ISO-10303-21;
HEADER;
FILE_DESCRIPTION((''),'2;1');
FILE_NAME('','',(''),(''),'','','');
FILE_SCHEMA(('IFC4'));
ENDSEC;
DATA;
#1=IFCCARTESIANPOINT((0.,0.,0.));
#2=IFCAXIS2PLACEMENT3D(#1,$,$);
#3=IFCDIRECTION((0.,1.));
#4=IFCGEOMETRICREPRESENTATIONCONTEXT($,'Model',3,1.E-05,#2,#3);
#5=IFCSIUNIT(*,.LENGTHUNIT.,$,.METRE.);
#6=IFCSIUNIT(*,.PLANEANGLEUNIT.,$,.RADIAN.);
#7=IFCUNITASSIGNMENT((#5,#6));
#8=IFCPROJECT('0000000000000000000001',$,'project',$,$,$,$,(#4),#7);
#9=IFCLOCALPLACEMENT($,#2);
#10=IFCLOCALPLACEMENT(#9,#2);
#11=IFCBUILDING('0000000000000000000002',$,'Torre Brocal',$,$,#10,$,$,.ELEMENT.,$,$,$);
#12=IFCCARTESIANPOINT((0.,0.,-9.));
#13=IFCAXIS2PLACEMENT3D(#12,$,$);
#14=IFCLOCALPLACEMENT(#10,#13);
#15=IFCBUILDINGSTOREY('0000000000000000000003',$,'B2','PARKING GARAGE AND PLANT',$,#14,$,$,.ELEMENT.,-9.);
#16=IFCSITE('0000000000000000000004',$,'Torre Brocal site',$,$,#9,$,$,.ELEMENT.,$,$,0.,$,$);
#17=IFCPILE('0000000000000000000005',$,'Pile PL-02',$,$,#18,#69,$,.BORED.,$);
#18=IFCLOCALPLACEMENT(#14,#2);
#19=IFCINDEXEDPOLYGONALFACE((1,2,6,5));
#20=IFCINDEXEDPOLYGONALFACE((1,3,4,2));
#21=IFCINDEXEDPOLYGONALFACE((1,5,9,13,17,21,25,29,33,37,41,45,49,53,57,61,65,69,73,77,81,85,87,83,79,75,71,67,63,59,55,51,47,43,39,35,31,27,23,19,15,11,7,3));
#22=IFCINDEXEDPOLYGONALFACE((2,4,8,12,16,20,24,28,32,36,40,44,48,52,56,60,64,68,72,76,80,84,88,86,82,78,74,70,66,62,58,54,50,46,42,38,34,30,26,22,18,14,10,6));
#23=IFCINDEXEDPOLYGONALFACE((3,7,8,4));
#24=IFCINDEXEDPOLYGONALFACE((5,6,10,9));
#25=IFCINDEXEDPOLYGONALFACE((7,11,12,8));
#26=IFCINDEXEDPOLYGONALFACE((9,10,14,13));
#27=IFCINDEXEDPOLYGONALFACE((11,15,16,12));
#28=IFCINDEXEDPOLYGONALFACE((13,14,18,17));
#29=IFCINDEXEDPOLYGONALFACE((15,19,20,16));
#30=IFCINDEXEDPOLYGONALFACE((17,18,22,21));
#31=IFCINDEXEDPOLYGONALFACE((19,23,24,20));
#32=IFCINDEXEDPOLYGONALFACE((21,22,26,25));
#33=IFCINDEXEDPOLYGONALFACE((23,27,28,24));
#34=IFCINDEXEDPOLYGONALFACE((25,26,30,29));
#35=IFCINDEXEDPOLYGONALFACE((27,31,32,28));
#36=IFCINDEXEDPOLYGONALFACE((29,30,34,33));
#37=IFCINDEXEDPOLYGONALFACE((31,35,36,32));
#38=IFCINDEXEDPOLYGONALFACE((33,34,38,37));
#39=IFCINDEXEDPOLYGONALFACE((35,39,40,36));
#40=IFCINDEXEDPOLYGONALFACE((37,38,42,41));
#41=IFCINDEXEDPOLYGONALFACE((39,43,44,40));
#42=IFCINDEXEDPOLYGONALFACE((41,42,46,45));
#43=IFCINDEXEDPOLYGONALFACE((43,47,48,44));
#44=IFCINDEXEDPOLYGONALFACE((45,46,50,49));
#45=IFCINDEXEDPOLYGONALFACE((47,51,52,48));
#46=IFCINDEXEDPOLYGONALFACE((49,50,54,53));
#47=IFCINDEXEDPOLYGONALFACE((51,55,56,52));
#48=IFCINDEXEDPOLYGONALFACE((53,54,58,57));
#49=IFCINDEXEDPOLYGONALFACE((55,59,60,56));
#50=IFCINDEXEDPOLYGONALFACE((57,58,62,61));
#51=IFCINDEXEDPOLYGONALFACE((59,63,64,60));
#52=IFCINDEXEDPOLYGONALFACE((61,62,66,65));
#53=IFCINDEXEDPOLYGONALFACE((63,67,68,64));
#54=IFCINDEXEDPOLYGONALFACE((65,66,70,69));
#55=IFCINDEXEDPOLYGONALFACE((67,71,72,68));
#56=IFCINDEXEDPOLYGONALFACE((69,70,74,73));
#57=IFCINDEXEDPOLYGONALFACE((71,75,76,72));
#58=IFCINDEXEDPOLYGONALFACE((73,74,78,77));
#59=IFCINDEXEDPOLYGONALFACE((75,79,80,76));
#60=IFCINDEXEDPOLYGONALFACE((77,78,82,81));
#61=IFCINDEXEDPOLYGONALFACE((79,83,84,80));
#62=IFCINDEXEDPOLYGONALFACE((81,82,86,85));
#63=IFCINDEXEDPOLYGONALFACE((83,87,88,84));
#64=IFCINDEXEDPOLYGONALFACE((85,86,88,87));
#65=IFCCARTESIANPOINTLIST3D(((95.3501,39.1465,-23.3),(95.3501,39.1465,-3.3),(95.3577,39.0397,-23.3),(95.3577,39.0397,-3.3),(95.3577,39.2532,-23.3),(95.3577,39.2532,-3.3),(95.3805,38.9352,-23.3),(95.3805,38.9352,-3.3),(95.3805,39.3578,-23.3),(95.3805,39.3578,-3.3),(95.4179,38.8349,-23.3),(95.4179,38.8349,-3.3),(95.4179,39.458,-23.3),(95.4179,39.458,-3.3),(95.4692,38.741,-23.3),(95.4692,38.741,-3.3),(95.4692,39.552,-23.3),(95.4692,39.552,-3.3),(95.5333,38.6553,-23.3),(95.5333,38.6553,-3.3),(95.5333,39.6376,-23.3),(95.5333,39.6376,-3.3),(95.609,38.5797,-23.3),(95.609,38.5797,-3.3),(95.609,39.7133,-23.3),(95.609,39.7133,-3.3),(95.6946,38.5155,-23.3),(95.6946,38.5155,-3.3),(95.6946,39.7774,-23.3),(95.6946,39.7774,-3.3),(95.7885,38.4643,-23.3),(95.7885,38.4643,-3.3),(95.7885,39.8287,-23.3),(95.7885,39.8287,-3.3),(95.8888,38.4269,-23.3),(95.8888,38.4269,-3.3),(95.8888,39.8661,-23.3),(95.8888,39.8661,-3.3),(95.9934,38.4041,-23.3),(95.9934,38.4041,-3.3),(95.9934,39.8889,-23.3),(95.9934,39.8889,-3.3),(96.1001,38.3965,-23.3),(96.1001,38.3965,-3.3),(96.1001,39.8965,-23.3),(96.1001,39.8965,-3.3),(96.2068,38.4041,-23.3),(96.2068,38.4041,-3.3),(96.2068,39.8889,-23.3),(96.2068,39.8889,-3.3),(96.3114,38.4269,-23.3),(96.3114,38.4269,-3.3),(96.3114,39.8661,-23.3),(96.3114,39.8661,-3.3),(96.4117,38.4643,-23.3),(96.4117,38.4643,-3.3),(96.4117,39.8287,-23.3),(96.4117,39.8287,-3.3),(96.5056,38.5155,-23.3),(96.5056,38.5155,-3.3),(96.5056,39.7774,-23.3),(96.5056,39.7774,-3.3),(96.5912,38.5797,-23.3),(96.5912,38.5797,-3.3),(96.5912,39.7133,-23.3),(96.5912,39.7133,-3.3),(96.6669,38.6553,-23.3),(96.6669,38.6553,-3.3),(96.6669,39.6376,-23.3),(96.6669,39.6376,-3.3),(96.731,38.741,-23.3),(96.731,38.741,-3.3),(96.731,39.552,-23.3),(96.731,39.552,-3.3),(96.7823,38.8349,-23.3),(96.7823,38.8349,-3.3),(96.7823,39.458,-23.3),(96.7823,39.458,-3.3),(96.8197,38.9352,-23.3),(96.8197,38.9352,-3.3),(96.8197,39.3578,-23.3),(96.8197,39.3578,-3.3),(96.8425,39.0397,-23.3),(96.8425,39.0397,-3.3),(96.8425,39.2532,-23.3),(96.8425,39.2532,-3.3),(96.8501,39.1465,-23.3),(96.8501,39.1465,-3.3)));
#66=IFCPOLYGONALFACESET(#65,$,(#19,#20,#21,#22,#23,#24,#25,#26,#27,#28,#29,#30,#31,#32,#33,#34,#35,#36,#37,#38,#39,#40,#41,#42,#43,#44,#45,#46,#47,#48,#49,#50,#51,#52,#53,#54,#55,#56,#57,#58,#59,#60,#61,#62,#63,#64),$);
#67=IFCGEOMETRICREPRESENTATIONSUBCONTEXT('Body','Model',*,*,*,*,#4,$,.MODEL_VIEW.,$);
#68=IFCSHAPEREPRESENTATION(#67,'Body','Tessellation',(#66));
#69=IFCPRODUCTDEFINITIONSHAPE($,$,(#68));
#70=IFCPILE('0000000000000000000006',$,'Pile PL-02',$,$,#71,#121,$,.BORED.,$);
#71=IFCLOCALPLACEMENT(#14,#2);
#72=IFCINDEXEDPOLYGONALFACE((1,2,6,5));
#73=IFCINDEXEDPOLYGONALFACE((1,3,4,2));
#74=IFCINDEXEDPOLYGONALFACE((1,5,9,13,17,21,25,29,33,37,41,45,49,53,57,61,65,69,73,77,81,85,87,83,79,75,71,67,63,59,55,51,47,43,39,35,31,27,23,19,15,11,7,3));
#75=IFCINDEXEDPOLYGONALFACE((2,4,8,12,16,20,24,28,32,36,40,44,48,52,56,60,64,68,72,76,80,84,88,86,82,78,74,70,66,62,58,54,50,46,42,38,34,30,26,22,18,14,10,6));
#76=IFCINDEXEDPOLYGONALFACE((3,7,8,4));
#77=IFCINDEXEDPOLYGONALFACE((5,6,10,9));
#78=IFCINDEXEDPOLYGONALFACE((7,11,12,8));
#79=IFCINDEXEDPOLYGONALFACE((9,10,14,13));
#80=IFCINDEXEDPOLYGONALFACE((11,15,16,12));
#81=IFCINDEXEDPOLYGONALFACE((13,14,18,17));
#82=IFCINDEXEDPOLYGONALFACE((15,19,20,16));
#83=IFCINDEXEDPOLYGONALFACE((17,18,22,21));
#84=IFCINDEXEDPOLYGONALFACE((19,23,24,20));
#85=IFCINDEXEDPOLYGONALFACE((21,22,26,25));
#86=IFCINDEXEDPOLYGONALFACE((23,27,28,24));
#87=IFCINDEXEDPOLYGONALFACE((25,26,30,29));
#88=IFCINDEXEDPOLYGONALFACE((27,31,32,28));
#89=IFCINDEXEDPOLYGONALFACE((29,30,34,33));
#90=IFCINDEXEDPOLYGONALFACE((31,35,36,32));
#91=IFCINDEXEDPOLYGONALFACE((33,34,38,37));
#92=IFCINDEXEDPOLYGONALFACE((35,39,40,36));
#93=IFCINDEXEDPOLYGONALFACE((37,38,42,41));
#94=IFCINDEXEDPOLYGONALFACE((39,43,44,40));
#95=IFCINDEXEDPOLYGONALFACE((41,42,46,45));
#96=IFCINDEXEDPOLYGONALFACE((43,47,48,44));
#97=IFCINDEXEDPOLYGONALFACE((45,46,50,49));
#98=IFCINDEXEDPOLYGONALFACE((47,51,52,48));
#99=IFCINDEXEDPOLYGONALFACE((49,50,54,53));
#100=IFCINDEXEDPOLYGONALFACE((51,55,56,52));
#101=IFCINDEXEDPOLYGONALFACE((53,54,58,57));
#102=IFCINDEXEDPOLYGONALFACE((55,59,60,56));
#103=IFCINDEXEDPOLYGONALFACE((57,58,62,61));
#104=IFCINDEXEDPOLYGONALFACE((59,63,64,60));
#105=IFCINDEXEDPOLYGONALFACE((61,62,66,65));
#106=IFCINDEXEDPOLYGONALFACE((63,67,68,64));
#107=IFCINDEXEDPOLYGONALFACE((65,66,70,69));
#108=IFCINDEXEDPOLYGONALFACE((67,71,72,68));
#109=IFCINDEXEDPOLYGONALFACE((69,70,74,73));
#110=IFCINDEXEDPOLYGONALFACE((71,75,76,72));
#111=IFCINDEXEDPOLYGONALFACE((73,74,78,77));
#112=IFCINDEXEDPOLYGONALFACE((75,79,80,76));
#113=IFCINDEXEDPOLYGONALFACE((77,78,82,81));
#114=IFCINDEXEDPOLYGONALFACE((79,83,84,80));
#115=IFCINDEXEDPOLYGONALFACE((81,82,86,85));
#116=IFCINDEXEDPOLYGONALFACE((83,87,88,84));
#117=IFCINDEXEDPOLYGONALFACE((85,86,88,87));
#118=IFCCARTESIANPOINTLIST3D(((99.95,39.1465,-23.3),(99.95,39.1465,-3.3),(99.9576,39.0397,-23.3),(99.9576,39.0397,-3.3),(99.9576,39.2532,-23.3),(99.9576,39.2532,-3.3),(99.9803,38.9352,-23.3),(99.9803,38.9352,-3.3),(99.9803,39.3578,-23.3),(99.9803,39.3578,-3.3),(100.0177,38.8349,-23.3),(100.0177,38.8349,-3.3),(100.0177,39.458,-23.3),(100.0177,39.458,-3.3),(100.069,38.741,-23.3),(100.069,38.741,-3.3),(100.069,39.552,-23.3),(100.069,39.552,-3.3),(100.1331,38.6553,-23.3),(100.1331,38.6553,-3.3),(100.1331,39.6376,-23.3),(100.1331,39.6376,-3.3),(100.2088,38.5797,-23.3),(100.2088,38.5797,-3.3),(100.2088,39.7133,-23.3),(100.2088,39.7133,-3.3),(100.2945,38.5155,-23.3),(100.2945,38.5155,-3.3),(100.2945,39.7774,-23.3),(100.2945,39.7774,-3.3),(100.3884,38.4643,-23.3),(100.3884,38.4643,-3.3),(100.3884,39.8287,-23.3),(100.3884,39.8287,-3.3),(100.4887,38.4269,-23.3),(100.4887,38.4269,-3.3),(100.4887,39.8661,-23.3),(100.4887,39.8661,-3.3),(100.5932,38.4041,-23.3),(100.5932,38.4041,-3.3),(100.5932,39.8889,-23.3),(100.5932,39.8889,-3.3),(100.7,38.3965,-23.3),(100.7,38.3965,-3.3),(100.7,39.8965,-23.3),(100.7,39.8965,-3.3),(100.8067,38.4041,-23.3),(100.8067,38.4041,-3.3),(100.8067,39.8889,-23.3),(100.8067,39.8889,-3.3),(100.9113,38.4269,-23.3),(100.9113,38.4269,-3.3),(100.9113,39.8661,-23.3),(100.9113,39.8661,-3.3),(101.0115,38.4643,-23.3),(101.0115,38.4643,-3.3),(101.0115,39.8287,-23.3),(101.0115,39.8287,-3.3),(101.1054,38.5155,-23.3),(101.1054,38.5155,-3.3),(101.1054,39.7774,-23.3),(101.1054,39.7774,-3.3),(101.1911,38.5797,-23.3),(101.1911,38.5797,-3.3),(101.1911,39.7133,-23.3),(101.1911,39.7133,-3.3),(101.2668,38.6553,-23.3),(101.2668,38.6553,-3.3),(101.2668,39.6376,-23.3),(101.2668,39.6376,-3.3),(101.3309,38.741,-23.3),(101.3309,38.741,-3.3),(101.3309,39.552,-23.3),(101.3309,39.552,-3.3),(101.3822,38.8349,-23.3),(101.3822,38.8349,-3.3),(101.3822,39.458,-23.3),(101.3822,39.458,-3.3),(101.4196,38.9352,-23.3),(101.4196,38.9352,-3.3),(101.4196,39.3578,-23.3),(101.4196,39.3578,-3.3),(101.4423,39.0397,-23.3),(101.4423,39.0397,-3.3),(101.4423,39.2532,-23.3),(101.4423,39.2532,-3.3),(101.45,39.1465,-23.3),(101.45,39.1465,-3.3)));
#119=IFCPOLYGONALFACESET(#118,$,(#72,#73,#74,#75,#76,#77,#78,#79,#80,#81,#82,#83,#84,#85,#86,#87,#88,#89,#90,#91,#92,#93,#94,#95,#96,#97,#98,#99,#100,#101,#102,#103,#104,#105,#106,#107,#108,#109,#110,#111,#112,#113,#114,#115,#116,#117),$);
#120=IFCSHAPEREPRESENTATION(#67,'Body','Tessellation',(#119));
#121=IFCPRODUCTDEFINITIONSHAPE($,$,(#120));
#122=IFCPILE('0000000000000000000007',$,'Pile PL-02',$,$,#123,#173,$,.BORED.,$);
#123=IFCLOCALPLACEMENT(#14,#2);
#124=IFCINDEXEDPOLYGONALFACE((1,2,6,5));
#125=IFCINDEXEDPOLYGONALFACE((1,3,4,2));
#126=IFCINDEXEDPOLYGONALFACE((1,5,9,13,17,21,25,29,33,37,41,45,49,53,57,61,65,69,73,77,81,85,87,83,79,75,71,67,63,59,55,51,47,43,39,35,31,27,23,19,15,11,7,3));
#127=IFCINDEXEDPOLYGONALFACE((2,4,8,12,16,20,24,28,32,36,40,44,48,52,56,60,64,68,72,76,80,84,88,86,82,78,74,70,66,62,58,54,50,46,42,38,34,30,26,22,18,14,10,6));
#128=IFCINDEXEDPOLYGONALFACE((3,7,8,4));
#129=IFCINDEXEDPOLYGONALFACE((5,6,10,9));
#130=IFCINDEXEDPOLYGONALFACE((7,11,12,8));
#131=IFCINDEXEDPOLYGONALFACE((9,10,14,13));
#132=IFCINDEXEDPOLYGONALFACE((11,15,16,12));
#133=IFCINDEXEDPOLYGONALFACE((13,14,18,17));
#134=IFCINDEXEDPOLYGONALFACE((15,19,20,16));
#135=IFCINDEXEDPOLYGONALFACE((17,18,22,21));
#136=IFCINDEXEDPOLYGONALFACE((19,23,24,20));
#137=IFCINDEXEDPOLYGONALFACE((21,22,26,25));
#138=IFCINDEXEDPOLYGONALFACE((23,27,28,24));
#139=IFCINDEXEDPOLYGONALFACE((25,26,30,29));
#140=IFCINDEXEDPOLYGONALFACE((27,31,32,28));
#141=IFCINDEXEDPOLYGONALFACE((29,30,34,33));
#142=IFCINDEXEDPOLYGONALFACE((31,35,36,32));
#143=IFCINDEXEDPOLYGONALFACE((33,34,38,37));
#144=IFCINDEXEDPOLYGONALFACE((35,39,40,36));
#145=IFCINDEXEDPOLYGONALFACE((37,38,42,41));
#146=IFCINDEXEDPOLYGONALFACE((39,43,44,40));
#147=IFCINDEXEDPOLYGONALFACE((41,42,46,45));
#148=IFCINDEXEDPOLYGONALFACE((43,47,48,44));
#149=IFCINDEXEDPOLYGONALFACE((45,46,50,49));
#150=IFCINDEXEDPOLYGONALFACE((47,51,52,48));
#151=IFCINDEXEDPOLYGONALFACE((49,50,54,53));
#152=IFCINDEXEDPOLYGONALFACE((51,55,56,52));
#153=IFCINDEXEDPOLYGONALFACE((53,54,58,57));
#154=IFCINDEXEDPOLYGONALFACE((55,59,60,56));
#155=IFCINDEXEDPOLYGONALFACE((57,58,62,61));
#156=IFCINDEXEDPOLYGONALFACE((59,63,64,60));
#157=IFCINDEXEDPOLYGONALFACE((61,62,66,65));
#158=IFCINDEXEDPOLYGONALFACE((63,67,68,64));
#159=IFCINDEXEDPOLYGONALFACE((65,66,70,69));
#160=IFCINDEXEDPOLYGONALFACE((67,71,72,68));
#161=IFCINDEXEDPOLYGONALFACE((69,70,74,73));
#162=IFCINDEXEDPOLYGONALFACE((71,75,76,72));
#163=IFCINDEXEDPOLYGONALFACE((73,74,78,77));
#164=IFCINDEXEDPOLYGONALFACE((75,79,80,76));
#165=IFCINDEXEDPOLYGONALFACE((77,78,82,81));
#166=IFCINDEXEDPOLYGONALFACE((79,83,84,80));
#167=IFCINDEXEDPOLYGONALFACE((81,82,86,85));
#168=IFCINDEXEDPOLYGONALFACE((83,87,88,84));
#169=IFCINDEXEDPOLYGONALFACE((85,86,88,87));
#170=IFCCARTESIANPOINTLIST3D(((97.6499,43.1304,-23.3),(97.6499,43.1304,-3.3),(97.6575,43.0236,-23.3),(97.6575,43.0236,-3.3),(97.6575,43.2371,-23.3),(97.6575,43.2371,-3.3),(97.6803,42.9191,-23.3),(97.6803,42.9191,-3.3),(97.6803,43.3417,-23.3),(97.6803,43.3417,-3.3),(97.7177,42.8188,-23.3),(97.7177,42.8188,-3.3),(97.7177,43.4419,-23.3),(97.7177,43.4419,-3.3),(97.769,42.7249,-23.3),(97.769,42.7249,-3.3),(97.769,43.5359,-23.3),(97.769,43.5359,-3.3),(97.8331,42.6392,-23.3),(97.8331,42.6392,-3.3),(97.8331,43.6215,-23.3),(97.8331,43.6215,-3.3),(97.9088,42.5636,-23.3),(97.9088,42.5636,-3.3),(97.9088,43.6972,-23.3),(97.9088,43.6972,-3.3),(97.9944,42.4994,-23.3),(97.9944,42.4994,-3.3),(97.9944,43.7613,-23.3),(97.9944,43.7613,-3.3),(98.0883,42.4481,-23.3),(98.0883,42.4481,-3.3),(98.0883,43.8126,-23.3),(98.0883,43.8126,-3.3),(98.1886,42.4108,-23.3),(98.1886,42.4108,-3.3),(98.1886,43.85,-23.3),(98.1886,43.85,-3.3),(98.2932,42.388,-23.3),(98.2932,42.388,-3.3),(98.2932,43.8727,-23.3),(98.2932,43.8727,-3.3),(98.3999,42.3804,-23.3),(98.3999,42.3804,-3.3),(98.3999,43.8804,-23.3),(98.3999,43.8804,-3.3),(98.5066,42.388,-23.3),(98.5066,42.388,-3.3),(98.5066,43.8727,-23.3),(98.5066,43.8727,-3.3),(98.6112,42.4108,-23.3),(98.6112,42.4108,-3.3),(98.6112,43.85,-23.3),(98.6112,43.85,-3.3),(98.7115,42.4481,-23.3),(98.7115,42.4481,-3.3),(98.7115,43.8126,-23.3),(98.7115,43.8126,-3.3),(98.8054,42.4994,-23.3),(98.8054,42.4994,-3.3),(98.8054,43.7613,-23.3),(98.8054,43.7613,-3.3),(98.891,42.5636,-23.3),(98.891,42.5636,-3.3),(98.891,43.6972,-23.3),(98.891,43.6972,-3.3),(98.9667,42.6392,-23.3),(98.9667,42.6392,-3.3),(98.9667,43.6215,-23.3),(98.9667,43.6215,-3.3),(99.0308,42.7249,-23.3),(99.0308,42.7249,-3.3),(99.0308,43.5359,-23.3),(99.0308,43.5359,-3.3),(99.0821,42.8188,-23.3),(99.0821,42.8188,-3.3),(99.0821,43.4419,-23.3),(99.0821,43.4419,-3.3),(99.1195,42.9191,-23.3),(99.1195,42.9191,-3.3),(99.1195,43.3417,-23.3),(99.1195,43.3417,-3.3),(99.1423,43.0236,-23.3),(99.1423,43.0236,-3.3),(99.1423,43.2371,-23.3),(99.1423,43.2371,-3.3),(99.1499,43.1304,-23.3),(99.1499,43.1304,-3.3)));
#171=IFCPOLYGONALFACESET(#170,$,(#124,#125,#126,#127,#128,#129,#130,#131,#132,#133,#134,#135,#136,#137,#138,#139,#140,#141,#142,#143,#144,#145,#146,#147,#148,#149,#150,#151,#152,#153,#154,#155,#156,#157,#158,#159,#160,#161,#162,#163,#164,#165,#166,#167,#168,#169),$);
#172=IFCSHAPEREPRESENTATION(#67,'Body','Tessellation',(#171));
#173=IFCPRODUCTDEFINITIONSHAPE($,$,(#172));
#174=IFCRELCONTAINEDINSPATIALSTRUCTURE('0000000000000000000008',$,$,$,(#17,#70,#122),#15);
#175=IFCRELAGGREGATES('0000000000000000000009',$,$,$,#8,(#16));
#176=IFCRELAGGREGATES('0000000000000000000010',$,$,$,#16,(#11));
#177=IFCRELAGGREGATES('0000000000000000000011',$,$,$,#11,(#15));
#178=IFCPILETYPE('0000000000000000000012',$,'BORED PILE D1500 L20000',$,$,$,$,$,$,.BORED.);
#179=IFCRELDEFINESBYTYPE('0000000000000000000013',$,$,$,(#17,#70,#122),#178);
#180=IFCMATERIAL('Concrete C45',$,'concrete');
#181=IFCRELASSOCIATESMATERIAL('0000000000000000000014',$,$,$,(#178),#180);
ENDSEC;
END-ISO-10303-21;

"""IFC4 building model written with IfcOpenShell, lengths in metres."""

from ifc_helpers import new_model, si_unit, direction, frame, origin, origin_2d, place, context, subcontext, project, spatial, circle, extrude, material, material_profile, profile_set, type_object, element, save


model = new_model("IFC4")

# Units and contexts
model_context = context("Model", 3, precision=1e-05, world=origin(), true_north=direction((0.0, 1.0)))
body_context = subcontext(model_context, "Body", "Model", "MODEL_VIEW")
ifc_project = project(units=[si_unit("LENGTHUNIT", "METRE"), si_unit("PLANEANGLEUNIT", "RADIAN")], contexts=[model_context])

# Site, building, storey
site_placement = place(None, origin())
site = spatial("IfcSite", under=ifc_project, at=site_placement, Name="Torre Brocal site", CompositionType="ELEMENT", RefElevation=0.0)
building_placement = place(site_placement, origin())
building = spatial("IfcBuilding", under=site, at=building_placement, Name="Torre Brocal", CompositionType="ELEMENT")
storey_placement = place(building_placement, frame((0.0, 0.0, -9.0)))
storey = spatial("IfcBuildingStorey", under=building, at=storey_placement, Name="B2", Description="PARKING GARAGE AND PLANT", CompositionType="ELEMENT", Elevation=-9.0)

# Piles
ifc_material_1 = material(Name="Concrete C45", Category="concrete")
ifc_material_profile_1 = material_profile(ifc_material_1, circle(Radius=0.75, at=origin_2d()), Name="BORED PILE D1500")
ifc_profile_set_1 = profile_set([ifc_material_profile_1], Name="Concrete C45")
pile_type_1 = type_object("IfcPileType", Name="BORED PILE D1500 L20000", PredefinedType="BORED", material=ifc_profile_set_1)
for number, where, z_axis, x_axis, name in (
    (1, (96.1001, 39.1465, -3.3), (0.0, 0.0, -1.0), (1.0, 0.0, 0.0), "Pile PL-02"),
    (2, (100.7, 39.1465, -3.3), (0.0, 0.0, -1.0), (1.0, 0.0, 0.0), "Pile PL-02"),
    (3, (98.3999, 43.1304, -3.3), (0.0, 0.0, -1.0), (1.0, 0.0, 0.0), "Pile PL-02"),
):
    element("IfcPile", number, at=place(storey_placement, frame(where, z_axis=z_axis, x_axis=x_axis)), inside=storey, type_object=pile_type_1, Name=name, PredefinedType="BORED", context=body_context, shape_type="SweptSolid", body=[
        extrude(circle(Radius=0.75, at=origin_2d()), origin(), (0.0, 0.0, 1.0), 20.0),
    ])

save(model, "model.ifc")
